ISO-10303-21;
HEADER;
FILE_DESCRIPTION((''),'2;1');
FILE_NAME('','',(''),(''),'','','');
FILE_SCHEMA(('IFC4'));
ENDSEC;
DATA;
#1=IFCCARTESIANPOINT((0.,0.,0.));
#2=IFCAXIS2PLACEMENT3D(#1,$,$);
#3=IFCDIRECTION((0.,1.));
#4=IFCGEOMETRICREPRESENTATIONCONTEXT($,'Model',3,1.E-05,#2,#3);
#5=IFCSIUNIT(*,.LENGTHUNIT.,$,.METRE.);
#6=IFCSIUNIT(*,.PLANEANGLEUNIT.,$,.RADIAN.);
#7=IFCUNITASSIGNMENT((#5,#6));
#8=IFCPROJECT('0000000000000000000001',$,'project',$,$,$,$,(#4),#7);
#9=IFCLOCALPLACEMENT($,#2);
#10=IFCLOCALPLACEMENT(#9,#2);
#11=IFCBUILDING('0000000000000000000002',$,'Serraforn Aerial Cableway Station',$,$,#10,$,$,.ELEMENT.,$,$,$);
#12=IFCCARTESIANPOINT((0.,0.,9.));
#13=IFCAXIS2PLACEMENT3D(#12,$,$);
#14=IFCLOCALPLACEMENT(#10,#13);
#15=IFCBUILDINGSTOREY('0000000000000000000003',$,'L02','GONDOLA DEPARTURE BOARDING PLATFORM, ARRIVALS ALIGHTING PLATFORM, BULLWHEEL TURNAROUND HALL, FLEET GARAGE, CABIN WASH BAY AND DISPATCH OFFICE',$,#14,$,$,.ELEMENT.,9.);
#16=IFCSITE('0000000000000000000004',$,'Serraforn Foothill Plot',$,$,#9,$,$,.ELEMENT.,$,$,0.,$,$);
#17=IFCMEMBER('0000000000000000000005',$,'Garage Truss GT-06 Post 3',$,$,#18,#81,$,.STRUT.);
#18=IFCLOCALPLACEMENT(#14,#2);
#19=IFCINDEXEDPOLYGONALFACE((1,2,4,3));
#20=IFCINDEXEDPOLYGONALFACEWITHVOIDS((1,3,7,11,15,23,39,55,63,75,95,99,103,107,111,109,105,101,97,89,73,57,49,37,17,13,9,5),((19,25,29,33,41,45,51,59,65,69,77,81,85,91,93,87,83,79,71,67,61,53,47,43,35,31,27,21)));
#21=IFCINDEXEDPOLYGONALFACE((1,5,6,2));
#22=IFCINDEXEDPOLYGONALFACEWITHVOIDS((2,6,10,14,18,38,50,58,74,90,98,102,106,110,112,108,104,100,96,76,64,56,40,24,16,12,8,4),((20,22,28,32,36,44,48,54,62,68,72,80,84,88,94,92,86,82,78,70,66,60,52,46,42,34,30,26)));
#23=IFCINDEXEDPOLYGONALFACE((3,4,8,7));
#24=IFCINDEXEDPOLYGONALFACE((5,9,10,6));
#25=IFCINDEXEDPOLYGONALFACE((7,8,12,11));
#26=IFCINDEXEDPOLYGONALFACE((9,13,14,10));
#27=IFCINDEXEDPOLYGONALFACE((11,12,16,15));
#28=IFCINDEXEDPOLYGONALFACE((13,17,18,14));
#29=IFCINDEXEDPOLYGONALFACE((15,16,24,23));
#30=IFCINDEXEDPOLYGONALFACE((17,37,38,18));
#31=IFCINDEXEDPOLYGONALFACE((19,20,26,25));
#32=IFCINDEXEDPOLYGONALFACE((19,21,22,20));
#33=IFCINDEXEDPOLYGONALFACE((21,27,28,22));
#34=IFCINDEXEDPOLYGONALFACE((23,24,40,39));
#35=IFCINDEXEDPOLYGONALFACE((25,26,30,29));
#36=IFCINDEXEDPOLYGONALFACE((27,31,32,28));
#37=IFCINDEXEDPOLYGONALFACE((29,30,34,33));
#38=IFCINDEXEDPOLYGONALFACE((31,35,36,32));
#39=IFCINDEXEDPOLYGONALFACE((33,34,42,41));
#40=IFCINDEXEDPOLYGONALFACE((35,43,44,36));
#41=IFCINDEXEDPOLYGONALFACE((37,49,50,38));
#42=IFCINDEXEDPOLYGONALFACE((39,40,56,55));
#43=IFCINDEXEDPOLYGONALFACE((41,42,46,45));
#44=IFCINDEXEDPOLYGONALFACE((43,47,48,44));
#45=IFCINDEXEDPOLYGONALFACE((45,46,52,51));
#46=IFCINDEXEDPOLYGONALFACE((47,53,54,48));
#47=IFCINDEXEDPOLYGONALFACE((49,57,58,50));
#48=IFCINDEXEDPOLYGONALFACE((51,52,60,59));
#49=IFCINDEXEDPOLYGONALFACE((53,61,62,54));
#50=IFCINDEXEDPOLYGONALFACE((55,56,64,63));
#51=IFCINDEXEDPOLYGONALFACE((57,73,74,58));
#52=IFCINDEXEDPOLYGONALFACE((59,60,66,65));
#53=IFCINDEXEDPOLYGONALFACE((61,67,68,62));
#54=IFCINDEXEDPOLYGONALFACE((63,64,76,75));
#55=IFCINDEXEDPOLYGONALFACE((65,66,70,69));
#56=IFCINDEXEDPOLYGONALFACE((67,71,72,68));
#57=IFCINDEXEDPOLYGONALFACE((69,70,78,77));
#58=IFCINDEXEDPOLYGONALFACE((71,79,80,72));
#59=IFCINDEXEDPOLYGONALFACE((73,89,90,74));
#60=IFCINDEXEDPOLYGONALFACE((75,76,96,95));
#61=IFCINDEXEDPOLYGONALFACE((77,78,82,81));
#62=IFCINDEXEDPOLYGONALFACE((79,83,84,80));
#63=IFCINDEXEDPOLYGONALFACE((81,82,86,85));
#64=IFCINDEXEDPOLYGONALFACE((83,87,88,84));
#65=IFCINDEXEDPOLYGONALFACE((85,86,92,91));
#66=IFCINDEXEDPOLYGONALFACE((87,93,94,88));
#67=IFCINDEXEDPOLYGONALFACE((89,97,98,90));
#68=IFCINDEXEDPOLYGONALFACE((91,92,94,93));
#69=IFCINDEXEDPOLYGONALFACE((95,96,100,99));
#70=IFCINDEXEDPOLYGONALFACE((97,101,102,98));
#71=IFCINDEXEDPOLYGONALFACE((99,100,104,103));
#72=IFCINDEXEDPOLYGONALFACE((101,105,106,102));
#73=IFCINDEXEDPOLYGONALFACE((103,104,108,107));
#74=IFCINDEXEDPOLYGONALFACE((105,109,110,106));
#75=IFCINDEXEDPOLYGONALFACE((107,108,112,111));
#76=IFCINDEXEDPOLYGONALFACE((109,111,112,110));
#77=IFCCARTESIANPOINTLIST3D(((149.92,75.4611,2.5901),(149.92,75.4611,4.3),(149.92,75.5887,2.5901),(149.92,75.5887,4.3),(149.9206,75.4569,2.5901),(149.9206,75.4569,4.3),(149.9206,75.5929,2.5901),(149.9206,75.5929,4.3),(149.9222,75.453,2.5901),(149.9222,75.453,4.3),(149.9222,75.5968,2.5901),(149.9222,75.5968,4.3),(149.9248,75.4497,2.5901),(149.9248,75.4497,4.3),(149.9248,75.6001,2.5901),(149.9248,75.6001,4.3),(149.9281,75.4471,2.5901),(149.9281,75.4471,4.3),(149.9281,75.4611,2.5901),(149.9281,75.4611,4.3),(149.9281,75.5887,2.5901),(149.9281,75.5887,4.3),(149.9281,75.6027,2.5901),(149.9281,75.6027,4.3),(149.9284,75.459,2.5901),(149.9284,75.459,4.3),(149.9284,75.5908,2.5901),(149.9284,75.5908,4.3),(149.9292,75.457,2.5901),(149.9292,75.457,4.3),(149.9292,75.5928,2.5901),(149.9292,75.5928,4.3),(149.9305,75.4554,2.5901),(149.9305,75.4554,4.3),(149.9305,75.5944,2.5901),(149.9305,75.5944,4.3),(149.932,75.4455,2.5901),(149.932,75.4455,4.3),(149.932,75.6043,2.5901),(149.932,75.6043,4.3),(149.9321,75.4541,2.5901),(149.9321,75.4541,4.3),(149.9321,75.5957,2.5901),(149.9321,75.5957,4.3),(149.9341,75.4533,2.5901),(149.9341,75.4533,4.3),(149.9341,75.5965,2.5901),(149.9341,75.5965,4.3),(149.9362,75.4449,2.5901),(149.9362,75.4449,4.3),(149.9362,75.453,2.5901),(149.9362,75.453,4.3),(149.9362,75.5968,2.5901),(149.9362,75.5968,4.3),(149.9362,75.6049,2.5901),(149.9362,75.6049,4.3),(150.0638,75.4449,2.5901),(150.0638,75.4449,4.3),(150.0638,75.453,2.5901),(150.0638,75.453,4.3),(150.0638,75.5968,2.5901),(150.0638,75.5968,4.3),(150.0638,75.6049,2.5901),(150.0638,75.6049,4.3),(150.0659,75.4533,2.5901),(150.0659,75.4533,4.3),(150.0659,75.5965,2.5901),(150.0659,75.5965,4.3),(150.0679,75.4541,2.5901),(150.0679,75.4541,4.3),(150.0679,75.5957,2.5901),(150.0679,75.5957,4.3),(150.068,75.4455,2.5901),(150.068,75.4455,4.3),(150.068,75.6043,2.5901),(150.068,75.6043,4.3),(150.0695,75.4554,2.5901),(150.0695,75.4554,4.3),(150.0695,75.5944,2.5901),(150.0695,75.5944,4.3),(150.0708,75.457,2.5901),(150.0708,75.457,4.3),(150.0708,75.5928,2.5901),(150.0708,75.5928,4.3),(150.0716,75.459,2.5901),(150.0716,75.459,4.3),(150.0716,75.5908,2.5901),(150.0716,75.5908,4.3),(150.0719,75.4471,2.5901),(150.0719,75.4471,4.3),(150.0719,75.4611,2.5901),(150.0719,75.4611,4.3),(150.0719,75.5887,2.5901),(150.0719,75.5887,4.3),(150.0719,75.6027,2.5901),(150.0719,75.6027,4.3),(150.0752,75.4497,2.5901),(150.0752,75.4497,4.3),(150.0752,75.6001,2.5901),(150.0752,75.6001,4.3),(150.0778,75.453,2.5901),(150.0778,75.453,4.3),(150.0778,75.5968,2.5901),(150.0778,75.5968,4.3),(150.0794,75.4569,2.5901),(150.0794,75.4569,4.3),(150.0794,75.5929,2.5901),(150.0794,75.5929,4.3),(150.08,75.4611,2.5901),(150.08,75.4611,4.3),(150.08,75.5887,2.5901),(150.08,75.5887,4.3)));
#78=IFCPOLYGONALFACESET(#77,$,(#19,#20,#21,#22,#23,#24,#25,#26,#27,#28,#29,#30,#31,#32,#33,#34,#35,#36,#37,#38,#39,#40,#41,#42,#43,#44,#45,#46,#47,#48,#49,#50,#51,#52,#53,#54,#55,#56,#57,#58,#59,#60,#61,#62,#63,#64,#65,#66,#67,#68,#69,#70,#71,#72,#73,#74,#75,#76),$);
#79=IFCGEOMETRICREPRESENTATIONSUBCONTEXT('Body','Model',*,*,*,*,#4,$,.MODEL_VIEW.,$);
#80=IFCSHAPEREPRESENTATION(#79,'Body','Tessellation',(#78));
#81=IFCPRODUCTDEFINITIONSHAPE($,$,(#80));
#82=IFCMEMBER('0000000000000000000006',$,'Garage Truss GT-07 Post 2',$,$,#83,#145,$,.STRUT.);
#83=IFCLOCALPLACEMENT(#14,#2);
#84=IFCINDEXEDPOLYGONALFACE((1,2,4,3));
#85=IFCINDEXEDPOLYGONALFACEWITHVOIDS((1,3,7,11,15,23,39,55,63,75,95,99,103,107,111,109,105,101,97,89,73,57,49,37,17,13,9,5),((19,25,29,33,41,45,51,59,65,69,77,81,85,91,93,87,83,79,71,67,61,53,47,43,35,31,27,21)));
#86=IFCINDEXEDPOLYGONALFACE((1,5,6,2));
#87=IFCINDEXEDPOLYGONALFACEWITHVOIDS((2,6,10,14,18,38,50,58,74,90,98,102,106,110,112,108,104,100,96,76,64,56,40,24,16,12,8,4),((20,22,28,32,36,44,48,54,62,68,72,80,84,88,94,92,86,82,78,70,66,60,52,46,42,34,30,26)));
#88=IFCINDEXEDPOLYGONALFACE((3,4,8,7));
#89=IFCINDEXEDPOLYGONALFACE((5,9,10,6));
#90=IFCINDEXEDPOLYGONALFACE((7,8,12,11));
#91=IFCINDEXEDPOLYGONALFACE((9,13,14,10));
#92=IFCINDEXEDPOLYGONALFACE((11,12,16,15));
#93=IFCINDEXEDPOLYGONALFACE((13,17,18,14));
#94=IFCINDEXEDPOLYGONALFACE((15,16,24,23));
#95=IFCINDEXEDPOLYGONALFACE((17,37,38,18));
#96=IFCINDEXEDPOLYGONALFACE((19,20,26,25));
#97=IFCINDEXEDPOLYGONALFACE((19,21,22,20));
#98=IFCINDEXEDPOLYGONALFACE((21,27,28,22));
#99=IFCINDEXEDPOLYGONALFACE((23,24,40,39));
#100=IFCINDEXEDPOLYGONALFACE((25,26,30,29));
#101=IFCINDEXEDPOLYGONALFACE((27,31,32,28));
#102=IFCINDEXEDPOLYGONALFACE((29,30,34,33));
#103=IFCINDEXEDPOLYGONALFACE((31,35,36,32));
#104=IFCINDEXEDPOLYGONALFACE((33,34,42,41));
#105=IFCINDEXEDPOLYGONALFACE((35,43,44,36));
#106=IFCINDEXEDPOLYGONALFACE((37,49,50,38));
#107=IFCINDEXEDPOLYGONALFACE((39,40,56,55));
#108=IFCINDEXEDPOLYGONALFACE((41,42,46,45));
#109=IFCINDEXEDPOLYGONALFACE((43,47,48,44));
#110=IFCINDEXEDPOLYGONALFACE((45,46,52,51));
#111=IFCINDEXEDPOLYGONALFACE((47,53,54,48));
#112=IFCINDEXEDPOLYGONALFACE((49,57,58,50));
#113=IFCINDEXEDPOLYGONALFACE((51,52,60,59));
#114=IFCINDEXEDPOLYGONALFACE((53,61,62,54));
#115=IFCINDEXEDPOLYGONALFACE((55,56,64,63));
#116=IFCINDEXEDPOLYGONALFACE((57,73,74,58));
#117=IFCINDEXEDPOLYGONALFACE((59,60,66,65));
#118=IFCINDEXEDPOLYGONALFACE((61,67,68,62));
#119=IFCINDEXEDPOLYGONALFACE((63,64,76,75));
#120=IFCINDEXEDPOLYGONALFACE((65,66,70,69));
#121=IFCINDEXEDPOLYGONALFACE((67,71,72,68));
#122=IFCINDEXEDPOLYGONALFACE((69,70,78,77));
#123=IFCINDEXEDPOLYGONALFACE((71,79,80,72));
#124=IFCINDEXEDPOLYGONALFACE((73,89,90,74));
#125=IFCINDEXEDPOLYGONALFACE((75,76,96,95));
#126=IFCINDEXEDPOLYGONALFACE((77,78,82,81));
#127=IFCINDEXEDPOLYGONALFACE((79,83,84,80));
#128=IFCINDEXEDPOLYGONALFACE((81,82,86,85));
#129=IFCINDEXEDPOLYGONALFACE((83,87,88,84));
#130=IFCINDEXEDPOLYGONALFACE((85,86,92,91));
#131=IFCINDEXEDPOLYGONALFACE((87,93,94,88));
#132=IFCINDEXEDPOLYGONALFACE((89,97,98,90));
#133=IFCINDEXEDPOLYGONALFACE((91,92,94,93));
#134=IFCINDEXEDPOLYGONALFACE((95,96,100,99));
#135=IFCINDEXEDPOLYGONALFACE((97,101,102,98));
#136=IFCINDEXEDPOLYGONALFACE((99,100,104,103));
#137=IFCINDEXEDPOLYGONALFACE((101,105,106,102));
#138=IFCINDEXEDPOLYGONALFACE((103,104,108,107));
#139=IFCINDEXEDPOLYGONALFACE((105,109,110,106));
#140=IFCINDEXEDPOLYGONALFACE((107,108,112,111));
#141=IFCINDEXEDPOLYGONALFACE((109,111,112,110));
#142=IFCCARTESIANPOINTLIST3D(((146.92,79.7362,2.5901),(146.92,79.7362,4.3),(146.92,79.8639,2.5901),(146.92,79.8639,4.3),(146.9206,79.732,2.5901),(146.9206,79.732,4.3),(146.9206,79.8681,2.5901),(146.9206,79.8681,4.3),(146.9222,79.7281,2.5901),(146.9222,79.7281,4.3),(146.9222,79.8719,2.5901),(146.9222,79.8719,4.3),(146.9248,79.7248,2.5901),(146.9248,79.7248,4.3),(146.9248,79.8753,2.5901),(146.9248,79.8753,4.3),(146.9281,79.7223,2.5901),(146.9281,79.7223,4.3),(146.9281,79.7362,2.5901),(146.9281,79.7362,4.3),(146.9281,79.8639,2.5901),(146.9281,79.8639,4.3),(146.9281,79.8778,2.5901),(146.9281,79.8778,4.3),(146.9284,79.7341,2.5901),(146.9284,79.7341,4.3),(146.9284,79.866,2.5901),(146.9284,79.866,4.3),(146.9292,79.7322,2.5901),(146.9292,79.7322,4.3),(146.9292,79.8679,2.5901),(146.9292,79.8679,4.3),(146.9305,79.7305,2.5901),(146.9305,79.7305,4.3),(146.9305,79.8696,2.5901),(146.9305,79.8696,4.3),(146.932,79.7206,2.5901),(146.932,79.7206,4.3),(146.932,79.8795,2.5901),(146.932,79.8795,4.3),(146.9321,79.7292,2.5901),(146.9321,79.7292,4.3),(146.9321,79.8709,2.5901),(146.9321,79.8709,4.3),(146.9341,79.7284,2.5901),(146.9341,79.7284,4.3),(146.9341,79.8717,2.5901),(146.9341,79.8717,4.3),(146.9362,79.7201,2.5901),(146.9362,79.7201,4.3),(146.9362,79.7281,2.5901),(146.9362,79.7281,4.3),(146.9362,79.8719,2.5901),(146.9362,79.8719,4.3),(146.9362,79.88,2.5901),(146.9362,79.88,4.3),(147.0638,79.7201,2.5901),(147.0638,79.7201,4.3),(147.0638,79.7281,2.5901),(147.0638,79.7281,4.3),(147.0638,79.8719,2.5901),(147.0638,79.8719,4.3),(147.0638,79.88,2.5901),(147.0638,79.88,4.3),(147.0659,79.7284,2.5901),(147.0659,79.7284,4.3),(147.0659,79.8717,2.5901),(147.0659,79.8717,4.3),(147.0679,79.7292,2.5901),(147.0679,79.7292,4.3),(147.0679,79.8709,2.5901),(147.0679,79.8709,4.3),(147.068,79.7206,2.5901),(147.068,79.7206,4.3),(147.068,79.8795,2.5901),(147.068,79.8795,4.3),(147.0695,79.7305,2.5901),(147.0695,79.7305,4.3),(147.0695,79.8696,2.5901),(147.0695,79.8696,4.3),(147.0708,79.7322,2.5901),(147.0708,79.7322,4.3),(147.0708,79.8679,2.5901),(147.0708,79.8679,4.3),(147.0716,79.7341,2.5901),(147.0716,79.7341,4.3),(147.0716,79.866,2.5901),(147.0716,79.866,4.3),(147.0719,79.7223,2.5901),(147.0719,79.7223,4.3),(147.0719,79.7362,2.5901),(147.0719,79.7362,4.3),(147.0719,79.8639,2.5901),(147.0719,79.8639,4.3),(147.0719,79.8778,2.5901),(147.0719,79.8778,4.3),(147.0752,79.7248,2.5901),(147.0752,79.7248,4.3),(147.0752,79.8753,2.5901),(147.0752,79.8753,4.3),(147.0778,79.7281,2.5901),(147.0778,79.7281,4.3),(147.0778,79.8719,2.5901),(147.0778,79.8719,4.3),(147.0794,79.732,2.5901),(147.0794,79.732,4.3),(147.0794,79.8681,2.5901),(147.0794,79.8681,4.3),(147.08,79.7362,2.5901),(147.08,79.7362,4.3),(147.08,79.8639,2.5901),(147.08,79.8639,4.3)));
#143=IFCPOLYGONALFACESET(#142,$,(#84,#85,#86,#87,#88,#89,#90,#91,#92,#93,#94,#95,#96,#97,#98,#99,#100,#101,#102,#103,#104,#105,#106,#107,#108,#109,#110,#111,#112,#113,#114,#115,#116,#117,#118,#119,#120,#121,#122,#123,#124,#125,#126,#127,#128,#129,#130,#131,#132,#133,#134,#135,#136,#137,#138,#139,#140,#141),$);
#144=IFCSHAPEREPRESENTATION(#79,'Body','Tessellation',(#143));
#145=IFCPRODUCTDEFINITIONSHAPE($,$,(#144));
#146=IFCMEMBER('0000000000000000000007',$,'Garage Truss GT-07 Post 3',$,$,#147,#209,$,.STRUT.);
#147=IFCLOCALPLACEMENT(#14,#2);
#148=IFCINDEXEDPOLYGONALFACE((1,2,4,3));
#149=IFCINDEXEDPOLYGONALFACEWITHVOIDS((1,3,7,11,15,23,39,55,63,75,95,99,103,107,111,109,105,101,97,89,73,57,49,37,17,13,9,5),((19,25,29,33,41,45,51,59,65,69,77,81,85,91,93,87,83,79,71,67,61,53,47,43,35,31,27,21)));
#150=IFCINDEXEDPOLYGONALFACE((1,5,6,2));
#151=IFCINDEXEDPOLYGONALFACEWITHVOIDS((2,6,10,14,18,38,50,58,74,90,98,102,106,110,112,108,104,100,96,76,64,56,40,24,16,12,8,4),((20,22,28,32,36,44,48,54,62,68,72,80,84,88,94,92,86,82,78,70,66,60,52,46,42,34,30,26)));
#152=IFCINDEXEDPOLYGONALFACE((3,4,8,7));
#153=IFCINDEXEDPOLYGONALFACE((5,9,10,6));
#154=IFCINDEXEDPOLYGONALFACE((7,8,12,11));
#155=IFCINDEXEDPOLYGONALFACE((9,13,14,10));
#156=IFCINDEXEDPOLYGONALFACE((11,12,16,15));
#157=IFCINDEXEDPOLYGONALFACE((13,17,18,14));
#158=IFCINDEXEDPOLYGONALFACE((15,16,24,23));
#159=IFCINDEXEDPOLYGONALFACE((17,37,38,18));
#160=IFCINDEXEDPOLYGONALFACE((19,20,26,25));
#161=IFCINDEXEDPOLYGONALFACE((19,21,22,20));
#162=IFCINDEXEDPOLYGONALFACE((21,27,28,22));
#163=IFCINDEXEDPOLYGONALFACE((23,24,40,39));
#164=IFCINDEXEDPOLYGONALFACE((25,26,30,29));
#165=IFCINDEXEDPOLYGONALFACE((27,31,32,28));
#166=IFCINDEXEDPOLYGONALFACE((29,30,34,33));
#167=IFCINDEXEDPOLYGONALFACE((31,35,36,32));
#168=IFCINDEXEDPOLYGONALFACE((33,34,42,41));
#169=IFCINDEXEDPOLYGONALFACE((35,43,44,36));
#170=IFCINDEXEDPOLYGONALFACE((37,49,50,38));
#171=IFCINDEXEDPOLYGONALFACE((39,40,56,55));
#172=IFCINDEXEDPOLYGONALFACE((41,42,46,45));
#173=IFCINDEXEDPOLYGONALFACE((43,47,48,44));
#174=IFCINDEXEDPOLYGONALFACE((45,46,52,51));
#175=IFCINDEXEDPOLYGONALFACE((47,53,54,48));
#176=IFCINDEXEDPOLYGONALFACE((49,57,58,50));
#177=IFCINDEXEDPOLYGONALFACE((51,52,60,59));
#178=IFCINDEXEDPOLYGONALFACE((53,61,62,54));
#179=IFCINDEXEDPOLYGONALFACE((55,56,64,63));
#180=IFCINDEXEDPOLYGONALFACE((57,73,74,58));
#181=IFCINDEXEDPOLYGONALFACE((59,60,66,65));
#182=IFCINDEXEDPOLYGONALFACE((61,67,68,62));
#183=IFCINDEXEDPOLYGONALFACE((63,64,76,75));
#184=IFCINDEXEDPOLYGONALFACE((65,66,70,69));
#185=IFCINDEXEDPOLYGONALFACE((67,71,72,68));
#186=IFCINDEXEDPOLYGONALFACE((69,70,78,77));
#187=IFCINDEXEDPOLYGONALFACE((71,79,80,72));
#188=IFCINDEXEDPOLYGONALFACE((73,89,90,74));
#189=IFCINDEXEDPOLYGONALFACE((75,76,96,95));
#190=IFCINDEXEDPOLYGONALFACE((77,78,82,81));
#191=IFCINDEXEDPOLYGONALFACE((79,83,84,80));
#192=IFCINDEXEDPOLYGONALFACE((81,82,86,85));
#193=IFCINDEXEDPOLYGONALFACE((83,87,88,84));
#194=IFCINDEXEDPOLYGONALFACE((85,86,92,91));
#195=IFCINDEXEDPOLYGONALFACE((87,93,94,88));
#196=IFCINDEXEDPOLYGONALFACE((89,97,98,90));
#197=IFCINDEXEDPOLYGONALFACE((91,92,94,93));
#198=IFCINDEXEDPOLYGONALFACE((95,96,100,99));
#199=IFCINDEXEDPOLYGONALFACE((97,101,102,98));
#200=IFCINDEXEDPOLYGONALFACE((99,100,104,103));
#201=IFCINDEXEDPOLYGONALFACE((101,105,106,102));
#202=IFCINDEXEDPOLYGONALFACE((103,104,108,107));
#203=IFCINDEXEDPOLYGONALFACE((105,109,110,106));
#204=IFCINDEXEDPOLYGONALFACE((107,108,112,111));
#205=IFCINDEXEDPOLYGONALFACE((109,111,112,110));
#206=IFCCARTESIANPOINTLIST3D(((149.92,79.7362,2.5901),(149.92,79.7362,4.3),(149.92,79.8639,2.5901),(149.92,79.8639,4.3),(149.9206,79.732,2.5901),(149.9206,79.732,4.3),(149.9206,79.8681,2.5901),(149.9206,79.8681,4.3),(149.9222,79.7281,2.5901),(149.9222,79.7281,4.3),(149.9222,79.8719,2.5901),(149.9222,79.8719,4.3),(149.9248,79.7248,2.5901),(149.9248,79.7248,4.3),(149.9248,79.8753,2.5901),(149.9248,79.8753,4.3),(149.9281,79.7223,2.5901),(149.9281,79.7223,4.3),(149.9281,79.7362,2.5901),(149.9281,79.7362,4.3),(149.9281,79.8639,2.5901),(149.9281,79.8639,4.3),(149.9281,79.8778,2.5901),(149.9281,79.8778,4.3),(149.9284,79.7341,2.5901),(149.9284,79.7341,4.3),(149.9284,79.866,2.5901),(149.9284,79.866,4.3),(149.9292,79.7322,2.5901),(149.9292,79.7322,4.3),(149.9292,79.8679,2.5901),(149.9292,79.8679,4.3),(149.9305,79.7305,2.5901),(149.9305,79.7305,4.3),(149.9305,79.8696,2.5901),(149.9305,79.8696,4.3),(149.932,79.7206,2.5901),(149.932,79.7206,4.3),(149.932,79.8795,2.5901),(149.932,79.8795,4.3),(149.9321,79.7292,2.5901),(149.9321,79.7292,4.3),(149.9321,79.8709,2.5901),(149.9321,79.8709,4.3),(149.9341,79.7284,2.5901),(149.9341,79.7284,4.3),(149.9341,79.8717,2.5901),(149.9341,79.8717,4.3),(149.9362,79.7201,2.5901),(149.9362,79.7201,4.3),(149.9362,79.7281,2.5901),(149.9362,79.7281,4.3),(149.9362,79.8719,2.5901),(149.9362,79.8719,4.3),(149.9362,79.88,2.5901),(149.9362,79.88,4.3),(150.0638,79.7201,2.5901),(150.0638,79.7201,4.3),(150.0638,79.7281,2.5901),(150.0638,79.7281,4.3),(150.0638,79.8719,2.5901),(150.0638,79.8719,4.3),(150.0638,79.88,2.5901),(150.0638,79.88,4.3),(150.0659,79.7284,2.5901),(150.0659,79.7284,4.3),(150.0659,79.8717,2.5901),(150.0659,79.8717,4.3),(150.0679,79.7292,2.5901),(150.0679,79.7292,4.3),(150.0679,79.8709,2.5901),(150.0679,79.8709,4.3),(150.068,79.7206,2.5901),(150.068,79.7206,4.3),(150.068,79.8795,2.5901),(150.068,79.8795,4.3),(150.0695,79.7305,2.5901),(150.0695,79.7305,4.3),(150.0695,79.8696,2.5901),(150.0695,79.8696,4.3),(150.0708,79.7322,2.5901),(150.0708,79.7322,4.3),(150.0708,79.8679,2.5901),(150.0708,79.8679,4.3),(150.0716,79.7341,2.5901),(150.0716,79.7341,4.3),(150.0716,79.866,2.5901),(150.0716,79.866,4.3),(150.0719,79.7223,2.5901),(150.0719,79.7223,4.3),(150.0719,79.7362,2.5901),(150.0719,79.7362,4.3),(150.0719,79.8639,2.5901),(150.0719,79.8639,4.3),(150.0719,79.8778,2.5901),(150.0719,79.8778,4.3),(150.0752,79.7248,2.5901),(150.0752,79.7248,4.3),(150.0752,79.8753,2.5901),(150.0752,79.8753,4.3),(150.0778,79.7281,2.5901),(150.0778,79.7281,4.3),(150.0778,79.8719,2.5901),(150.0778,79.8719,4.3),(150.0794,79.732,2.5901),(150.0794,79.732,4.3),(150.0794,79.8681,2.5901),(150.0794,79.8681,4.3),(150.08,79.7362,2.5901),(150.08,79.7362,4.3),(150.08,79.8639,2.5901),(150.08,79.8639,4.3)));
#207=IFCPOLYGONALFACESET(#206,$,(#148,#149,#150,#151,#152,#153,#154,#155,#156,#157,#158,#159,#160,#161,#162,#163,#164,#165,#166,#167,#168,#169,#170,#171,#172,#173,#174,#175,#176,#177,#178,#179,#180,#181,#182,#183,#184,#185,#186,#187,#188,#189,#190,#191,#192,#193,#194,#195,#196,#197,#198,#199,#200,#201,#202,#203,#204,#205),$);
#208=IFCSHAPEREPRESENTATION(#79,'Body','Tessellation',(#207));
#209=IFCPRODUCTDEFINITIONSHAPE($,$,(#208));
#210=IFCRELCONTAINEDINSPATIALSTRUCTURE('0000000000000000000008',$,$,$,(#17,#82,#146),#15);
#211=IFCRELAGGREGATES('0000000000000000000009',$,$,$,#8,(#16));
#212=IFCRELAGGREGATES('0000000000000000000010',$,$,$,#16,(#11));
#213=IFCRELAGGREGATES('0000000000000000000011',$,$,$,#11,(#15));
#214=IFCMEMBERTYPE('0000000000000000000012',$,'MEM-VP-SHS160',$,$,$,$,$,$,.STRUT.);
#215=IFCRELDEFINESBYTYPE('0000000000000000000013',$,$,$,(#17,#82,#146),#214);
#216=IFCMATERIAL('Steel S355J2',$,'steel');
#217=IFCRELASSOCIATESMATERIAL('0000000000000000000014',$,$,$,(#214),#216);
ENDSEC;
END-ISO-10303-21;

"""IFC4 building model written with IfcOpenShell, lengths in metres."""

from ifc_helpers import new_model, si_unit, direction, frame, origin, origin_2d, place, context, subcontext, project, spatial, hollow_rectangle, extrude, material, material_profile, profile_set, type_object, element, save


model = new_model("IFC4")

# Units and contexts
model_context = context("Model", 3, precision=1e-05, world=origin(), true_north=direction((0.0, 1.0)))
body_context = subcontext(model_context, "Body", "Model", "MODEL_VIEW")
ifc_project = project(units=[si_unit("LENGTHUNIT", "METRE"), si_unit("PLANEANGLEUNIT", "RADIAN")], contexts=[model_context])

# Site, building, storey
site_placement = place(None, origin())
site = spatial("IfcSite", under=ifc_project, at=site_placement, Name="Serraforn Foothill Plot", CompositionType="ELEMENT", RefElevation=0.0)
building_placement = place(site_placement, origin())
building = spatial("IfcBuilding", under=site, at=building_placement, Name="Serraforn Aerial Cableway Station", CompositionType="ELEMENT")
storey_placement = place(building_placement, frame((0.0, 0.0, 9.0)))
storey = spatial("IfcBuildingStorey", under=building, at=storey_placement, Name="L02", Description="GONDOLA DEPARTURE BOARDING PLATFORM, ARRIVALS ALIGHTING PLATFORM, BULLWHEEL TURNAROUND HALL, FLEET GARAGE, CABIN WASH BAY AND DISPATCH OFFICE", CompositionType="ELEMENT", Elevation=9.0)

# Members
ifc_material_1 = material(Name="Steel S355J2", Category="steel")
ifc_material_profile_1 = material_profile(ifc_material_1, hollow_rectangle(XDim=0.1599, YDim=0.1599, WallThickness=0.0081, InnerFilletRadius=0.0081, OuterFilletRadius=0.0161, at=origin_2d()), Name="SHS 160x160x8.0")
ifc_profile_set_1 = profile_set([ifc_material_profile_1], Name="Steel S355J2")
member_type_1 = type_object("IfcMemberType", Name="MEM-VP-SHS160", PredefinedType="STRUT", material=ifc_profile_set_1)
for number, where, z_axis, x_axis, name in (
    (1, (150.0, 75.5249, 2.5901), (0.0, 0.0, 1.0), (1.0, 0.0, 0.0), "Garage Truss GT-06 Post 3"),
    (2, (147.0, 79.8, 2.5901), (0.0, 0.0, 1.0), (1.0, 0.0, 0.0), "Garage Truss GT-07 Post 2"),
    (3, (150.0, 79.8, 2.5901), (0.0, 0.0, 1.0), (1.0, 0.0, 0.0), "Garage Truss GT-07 Post 3"),
):
    element("IfcMember", number, at=place(storey_placement, frame(where, z_axis=z_axis, x_axis=x_axis)), inside=storey, type_object=member_type_1, Name=name, PredefinedType="STRUT", context=body_context, shape_type="SweptSolid", body=[
        extrude(hollow_rectangle(XDim=0.1599, YDim=0.1599, WallThickness=0.0081, InnerFilletRadius=0.0081, OuterFilletRadius=0.0161, at=origin_2d()), origin(), (0.0, 0.0, 1.0), 1.71),
    ])

save(model, "model.ifc")
